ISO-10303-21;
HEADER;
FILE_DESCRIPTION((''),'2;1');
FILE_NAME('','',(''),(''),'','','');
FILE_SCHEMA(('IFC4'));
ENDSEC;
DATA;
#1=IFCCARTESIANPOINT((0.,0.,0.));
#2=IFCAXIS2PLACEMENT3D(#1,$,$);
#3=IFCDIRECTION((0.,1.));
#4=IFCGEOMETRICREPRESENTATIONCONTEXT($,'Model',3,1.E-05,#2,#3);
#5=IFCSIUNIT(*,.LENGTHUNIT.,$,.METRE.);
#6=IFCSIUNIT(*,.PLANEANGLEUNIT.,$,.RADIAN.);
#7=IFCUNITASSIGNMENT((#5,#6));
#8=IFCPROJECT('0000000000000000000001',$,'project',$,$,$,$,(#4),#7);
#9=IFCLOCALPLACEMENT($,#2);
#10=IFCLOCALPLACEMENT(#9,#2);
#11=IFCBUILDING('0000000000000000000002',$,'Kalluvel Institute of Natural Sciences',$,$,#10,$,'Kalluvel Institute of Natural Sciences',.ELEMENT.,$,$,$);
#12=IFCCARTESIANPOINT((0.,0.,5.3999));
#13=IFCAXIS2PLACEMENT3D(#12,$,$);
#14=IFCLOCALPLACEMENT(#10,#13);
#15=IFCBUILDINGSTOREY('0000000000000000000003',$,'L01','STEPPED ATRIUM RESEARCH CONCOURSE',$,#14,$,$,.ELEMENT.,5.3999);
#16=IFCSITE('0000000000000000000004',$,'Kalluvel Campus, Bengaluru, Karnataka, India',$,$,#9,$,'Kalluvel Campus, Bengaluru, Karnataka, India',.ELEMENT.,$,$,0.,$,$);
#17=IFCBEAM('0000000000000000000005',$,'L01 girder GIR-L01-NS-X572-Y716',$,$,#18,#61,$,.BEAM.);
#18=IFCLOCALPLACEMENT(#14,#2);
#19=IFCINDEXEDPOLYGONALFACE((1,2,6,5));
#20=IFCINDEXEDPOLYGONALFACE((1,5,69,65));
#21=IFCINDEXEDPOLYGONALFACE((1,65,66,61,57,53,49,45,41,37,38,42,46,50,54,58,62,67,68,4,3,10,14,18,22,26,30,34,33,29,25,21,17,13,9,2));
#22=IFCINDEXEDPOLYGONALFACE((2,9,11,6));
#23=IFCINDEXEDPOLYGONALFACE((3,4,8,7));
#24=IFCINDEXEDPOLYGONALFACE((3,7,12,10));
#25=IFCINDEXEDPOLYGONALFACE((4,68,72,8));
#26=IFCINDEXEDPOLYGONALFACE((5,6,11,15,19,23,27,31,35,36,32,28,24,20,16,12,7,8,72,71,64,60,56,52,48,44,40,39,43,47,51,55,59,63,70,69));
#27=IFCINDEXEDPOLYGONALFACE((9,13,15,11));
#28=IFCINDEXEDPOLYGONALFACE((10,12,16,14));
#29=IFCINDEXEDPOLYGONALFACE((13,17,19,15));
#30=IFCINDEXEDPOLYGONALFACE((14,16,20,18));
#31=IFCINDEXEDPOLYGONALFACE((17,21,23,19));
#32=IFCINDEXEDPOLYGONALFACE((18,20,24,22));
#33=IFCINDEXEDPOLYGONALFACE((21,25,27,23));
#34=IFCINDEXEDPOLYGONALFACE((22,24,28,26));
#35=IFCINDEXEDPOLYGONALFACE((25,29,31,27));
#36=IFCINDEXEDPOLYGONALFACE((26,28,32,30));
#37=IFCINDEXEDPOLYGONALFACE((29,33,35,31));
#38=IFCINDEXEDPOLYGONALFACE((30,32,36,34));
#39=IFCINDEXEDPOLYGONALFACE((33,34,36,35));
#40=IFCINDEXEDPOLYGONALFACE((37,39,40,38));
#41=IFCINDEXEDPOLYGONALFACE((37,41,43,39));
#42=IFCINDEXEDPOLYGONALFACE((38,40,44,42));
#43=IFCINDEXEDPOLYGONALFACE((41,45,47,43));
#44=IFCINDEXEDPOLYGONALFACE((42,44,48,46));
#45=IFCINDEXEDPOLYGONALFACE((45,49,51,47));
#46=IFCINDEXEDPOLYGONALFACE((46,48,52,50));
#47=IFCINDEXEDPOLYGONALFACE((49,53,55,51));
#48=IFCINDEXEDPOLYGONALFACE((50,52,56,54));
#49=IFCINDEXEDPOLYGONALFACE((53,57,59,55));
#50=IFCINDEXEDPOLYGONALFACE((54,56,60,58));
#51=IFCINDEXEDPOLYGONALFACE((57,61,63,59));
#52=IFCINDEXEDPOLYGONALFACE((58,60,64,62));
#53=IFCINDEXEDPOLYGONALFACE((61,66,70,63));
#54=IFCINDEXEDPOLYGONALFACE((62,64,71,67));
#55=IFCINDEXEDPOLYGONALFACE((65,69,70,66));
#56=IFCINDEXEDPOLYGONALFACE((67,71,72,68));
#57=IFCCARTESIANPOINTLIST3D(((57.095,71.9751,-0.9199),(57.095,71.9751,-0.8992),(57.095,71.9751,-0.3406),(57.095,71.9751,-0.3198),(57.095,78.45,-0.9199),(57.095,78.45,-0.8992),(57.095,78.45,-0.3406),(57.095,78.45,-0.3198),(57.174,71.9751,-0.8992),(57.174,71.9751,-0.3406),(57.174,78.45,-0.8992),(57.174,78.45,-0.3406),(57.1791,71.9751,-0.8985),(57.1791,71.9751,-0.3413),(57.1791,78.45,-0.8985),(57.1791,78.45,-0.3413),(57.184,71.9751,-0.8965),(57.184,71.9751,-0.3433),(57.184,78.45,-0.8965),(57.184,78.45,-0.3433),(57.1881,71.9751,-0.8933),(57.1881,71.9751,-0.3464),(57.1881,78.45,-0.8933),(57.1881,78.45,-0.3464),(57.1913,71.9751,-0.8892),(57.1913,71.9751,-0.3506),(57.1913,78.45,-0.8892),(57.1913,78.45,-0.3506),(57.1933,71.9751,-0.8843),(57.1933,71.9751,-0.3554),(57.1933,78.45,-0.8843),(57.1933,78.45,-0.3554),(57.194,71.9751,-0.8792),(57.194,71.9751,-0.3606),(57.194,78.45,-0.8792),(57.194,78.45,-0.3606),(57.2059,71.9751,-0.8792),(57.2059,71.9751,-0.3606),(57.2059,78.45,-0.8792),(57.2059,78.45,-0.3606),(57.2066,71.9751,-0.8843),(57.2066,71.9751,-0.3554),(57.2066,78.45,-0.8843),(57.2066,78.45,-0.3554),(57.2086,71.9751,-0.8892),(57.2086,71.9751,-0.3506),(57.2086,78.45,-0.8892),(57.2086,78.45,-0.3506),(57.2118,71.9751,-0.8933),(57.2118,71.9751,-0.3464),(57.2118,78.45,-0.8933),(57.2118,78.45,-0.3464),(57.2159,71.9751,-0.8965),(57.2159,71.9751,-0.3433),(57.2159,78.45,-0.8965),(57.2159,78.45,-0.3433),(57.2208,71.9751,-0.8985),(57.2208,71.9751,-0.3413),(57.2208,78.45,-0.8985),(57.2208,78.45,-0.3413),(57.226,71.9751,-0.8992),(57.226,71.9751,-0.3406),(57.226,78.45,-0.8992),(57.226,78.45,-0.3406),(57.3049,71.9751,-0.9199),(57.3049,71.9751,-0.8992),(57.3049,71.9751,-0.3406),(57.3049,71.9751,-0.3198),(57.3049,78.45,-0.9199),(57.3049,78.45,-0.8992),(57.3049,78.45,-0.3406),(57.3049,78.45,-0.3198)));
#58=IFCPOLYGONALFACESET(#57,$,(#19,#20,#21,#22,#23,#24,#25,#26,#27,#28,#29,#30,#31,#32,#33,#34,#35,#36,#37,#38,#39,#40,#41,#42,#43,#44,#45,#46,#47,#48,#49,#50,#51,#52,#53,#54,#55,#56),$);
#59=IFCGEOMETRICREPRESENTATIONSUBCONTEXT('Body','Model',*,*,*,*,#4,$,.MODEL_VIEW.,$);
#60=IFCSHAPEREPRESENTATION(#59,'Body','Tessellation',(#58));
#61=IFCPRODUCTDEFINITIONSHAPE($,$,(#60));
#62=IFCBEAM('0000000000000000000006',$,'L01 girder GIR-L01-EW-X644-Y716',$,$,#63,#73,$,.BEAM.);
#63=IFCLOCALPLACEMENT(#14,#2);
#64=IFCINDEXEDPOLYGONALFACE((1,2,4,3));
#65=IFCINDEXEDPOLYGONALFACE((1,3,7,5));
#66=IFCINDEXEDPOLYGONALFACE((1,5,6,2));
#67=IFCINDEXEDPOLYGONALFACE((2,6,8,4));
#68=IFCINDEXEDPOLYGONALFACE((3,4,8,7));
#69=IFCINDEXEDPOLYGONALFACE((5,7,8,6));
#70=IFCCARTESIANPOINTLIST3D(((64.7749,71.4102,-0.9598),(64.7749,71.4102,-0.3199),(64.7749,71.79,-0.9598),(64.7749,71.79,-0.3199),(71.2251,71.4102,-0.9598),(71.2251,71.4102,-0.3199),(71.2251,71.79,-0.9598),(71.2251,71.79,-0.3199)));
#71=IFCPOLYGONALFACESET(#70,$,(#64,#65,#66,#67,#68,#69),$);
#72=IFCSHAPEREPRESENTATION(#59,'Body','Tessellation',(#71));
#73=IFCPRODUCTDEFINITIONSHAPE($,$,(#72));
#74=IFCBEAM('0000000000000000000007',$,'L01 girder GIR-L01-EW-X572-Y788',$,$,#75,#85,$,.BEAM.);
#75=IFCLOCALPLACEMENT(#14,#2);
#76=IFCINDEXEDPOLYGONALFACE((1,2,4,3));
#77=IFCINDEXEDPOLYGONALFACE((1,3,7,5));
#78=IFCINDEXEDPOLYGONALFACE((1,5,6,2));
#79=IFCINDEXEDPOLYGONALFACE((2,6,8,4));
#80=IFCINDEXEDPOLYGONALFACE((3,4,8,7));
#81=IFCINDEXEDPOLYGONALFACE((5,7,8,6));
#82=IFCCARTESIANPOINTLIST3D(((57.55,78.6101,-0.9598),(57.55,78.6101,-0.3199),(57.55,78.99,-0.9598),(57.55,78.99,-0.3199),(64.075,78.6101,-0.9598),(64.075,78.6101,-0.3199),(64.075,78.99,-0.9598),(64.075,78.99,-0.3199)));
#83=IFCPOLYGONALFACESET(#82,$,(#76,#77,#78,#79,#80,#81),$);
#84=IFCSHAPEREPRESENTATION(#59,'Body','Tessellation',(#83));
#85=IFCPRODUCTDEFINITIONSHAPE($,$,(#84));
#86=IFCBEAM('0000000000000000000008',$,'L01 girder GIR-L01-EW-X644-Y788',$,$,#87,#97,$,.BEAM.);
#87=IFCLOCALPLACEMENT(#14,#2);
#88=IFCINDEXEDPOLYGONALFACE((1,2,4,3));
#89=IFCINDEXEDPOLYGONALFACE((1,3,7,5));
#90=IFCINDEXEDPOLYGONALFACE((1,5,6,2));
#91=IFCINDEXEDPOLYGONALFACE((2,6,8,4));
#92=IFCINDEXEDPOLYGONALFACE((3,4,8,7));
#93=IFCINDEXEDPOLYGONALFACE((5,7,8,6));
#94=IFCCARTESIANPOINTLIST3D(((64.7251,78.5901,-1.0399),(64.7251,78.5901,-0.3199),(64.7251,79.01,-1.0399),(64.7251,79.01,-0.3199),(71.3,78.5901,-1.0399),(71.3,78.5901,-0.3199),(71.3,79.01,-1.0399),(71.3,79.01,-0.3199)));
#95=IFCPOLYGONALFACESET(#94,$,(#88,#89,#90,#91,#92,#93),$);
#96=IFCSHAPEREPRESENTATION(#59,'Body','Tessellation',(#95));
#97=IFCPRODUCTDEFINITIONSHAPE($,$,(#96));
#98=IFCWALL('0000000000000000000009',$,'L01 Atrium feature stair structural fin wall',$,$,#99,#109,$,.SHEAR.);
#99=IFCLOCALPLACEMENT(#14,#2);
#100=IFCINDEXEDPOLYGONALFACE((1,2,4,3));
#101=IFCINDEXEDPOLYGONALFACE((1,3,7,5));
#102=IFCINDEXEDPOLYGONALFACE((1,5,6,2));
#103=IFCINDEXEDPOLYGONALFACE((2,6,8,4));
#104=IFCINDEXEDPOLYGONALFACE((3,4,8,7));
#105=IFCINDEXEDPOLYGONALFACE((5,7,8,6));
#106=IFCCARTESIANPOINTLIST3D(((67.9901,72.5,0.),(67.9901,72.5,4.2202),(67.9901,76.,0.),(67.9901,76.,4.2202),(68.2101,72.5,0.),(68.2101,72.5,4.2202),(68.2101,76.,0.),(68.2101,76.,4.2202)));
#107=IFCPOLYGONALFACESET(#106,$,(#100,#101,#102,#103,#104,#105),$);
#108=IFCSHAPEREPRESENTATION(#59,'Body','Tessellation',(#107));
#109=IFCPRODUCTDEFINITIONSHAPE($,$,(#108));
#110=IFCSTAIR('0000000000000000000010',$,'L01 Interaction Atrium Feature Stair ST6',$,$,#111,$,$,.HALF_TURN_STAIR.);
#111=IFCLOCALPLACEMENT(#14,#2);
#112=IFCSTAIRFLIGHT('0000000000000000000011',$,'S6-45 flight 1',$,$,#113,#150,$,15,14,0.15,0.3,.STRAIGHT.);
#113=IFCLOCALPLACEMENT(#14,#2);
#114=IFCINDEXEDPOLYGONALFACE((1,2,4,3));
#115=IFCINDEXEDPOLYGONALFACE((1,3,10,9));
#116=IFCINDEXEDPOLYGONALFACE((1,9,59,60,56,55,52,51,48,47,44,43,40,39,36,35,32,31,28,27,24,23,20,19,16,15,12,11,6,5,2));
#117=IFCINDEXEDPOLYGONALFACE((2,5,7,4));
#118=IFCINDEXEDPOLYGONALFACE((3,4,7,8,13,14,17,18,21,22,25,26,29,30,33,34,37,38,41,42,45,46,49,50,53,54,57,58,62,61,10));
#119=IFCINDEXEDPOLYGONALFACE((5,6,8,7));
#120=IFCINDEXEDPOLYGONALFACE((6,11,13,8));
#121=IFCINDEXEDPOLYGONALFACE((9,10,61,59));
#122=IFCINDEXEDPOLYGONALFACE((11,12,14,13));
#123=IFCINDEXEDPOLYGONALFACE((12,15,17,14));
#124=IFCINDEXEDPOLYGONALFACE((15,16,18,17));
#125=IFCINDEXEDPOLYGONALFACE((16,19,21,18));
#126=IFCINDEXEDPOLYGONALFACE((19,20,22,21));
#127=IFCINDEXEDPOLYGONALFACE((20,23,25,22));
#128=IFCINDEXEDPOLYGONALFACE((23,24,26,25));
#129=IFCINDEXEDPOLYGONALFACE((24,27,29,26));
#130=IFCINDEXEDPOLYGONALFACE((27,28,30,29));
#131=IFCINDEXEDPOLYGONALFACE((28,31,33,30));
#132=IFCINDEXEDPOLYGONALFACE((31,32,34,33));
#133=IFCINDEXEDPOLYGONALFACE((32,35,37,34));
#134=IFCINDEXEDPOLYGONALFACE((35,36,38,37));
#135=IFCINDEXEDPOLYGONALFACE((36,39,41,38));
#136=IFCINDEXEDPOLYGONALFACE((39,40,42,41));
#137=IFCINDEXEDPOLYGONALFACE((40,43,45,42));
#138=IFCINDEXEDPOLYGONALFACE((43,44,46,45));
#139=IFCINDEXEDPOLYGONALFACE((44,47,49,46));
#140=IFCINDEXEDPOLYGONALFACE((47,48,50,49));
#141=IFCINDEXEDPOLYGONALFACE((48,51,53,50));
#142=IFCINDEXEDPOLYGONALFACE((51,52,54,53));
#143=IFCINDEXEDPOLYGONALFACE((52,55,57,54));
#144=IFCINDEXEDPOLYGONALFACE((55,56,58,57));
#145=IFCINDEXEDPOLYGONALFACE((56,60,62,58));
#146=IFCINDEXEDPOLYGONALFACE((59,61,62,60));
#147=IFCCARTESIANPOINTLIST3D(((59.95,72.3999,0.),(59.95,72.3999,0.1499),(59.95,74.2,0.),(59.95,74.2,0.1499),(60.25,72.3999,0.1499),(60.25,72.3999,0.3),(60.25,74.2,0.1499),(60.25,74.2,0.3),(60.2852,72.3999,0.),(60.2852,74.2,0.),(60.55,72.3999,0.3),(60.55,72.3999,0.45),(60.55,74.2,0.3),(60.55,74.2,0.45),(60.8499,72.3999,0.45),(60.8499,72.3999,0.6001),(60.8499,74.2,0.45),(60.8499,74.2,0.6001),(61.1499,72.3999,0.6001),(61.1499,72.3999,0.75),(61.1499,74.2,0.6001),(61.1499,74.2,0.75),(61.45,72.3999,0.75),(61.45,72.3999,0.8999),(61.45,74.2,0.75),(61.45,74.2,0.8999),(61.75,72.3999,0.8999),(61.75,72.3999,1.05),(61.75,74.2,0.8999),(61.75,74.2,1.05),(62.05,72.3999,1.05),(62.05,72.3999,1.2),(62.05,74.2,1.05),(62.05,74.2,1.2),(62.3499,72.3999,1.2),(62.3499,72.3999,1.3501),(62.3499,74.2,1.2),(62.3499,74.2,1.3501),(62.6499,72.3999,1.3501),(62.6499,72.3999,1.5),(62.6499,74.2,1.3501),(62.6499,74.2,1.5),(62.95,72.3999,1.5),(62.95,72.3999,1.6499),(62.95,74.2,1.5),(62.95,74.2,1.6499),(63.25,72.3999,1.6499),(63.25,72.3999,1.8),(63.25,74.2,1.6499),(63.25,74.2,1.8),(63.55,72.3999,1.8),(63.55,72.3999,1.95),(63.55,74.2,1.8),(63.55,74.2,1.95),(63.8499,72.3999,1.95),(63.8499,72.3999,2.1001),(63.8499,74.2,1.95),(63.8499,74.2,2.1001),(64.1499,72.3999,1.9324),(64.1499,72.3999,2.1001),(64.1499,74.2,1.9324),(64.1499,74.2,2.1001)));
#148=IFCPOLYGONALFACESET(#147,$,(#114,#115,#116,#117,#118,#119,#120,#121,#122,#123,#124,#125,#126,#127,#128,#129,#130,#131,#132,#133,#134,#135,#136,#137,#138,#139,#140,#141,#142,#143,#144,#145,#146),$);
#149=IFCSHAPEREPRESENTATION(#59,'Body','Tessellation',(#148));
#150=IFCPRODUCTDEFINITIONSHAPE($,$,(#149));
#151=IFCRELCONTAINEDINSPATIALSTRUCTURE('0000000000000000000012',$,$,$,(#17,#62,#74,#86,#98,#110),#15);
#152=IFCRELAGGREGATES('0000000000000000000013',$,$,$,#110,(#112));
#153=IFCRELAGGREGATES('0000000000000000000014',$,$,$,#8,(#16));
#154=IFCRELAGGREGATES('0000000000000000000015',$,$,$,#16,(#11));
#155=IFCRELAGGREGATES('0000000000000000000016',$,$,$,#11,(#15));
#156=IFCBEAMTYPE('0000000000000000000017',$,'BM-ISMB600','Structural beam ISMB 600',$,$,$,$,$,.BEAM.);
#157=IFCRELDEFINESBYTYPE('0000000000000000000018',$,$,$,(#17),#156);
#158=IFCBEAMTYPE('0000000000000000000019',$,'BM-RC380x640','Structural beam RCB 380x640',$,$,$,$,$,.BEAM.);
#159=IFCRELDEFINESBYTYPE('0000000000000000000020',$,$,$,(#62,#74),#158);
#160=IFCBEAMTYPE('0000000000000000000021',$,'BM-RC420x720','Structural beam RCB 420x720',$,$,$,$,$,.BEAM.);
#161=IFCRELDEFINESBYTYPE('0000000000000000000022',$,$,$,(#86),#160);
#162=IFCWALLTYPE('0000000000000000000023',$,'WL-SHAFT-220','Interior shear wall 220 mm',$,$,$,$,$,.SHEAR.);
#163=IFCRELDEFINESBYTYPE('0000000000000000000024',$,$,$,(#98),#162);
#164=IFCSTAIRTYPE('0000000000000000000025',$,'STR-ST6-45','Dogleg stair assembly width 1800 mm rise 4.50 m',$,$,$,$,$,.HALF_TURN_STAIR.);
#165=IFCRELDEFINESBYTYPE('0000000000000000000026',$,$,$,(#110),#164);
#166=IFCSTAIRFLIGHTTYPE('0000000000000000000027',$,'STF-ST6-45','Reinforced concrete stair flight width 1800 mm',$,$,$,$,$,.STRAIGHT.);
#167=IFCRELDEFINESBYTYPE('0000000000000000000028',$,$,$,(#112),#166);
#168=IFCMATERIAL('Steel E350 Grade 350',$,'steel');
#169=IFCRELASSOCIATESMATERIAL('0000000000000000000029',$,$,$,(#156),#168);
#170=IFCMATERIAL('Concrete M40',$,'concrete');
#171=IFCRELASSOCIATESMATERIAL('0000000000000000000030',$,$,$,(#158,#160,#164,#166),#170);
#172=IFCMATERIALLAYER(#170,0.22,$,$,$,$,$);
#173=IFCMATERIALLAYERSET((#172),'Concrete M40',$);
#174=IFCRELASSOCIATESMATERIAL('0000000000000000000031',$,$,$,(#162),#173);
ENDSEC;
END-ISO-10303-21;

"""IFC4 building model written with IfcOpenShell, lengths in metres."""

from ifc_helpers import new_model, si_unit, direction, frame, frame_2d, origin, origin_2d, place, context, subcontext, project, spatial, polyline, rectangle, i_section, outline, extrude, material, layer, layer_set, material_profile, profile_set, type_object, element, aggregate, save


model = new_model("IFC4")

# Units and contexts
model_context = context("Model", 3, precision=1e-05, world=origin(), true_north=direction((0.0, 1.0)))
body_context = subcontext(model_context, "Body", "Model", "MODEL_VIEW")
ifc_project = project(units=[si_unit("LENGTHUNIT", "METRE"), si_unit("PLANEANGLEUNIT", "RADIAN")], contexts=[model_context])

# Site, building, storey
site_placement = place(None, origin())
site = spatial("IfcSite", under=ifc_project, at=site_placement, Name="Kalluvel Campus, Bengaluru, Karnataka, India", LongName="Kalluvel Campus, Bengaluru, Karnataka, India", CompositionType="ELEMENT", RefElevation=0.0)
building_placement = place(site_placement, origin())
building = spatial("IfcBuilding", under=site, at=building_placement, Name="Kalluvel Institute of Natural Sciences", LongName="Kalluvel Institute of Natural Sciences", CompositionType="ELEMENT")
storey_placement = place(building_placement, frame((0.0, 0.0, 5.3999)))
storey = spatial("IfcBuildingStorey", under=building, at=storey_placement, Name="L01", Description="STEPPED ATRIUM RESEARCH CONCOURSE", CompositionType="ELEMENT", Elevation=5.3999)

# Shared definitions
ifc_material_1 = material(Name="Steel E350 Grade 350", Category="steel")
ifc_material_2 = material(Name="Concrete M40", Category="concrete")

# Beams
ifc_material_profile_1 = material_profile(ifc_material_1, i_section(OverallWidth=0.21, OverallDepth=0.6001, WebThickness=0.012, FlangeThickness=0.0208, FilletRadius=0.02, at=origin_2d()), Name="ISMB 600")
ifc_profile_set_1 = profile_set([ifc_material_profile_1], Name="Steel E350 Grade 350")
beam_type_1 = type_object("IfcBeamType", Name="BM-ISMB600", Description="Structural beam ISMB 600", PredefinedType="BEAM", material=ifc_profile_set_1)
beam_1_placement = place(storey_placement, frame((57.2, 71.9751, -0.6199), z_axis=(0.0, 1.0, 0.0), x_axis=(-1.0, 0.0, 0.0)))
element("IfcBeam", 1, at=beam_1_placement, inside=storey, type_object=beam_type_1, Name="L01 girder GIR-L01-NS-X572-Y716", PredefinedType="BEAM", context=body_context, shape_type="SweptSolid", body=[
    extrude(i_section(OverallWidth=0.21, OverallDepth=0.6001, WebThickness=0.012, FlangeThickness=0.0208, FilletRadius=0.02, at=origin_2d()), origin(), (0.0, 0.0, 1.0), 6.4749),
])
ifc_material_profile_2 = material_profile(ifc_material_2, rectangle(XDim=0.3799, YDim=0.6399, at=origin_2d()), Name="RCB 380x640")
ifc_profile_set_2 = profile_set([ifc_material_profile_2], Name="Concrete M40")
beam_type_2 = type_object("IfcBeamType", Name="BM-RC380x640", Description="Structural beam RCB 380x640", PredefinedType="BEAM", material=ifc_profile_set_2)
beam_2_placement = place(storey_placement, frame((64.7749, 71.6001, -0.6399), z_axis=(1.0, 0.0, 0.0), x_axis=(0.0, 1.0, 0.0)))
element("IfcBeam", 2, at=beam_2_placement, inside=storey, type_object=beam_type_2, Name="L01 girder GIR-L01-EW-X644-Y716", PredefinedType="BEAM", context=body_context, shape_type="SweptSolid", body=[
    extrude(rectangle(XDim=0.3799, YDim=0.6399, at=origin_2d()), origin(), (0.0, 0.0, 1.0), 6.4502),
])
beam_3_placement = place(storey_placement, frame((57.55, 78.8, -0.6399), z_axis=(1.0, 0.0, 0.0), x_axis=(0.0, 1.0, 0.0)))
element("IfcBeam", 3, at=beam_3_placement, inside=storey, type_object=beam_type_2, Name="L01 girder GIR-L01-EW-X572-Y788", PredefinedType="BEAM", context=body_context, shape_type="SweptSolid", body=[
    extrude(rectangle(XDim=0.3799, YDim=0.6399, at=origin_2d()), origin(), (0.0, 0.0, 1.0), 6.5249),
])
ifc_material_profile_3 = material_profile(ifc_material_2, rectangle(XDim=0.4199, YDim=0.72, at=origin_2d()), Name="RCB 420x720")
ifc_profile_set_3 = profile_set([ifc_material_profile_3], Name="Concrete M40")
beam_type_3 = type_object("IfcBeamType", Name="BM-RC420x720", Description="Structural beam RCB 420x720", PredefinedType="BEAM", material=ifc_profile_set_3)
beam_4_placement = place(storey_placement, frame((64.7251, 78.8, -0.6799), z_axis=(1.0, 0.0, 0.0), x_axis=(0.0, 1.0, 0.0)))
element("IfcBeam", 4, at=beam_4_placement, inside=storey, type_object=beam_type_3, Name="L01 girder GIR-L01-EW-X644-Y788", PredefinedType="BEAM", context=body_context, shape_type="SweptSolid", body=[
    extrude(rectangle(XDim=0.4199, YDim=0.72, at=origin_2d()), origin(), (0.0, 0.0, 1.0), 6.575),
])

# Wall
ifc_layer = layer(ifc_material_2, 0.22)
ifc_layer_set = layer_set([ifc_layer], Name="Concrete M40")
wall_type = type_object("IfcWallType", Name="WL-SHAFT-220", Description="Interior shear wall 220 mm", PredefinedType="SHEAR", material=ifc_layer_set)
wall_placement = place(storey_placement, frame((68.1001, 72.5, 0.0), z_axis=(0.0, 0.0, 1.0), x_axis=(0.0, 1.0, 0.0)))
element("IfcWall", 5, at=wall_placement, inside=storey, type_object=wall_type, Name="L01 Atrium feature stair structural fin wall", PredefinedType="SHEAR", context=body_context, shape_type="SweptSolid", body=[
    extrude(rectangle(XDim=3.5, YDim=0.22, at=frame_2d((1.75, 0.0))), origin(), (0.0, 0.0, 1.0), 4.2202),
])

# Stair, stair flight
stair_type = type_object("IfcStairType", Name="STR-ST6-45", Description="Dogleg stair assembly width 1800 mm rise 4.50 m", PredefinedType="HALF_TURN_STAIR", material=ifc_material_2)
stair_placement = place(storey_placement, origin())
stair = element("IfcStair", 6, at=stair_placement, inside=storey, type_object=stair_type, Name="L01 Interaction Atrium Feature Stair ST6", PredefinedType="HALF_TURN_STAIR")
stair_flight_type = type_object("IfcStairFlightType", Name="STF-ST6-45", Description="Reinforced concrete stair flight width 1800 mm", PredefinedType="STRAIGHT", material=ifc_material_2)
stair_flight_1_placement = place(storey_placement, frame((59.95, 73.3, 0.0), z_axis=(0.0, 0.0, 1.0), x_axis=(1.0, 0.0, 0.0)))
stair_flight_1 = element("IfcStairFlight", 7, at=stair_flight_1_placement, type_object=stair_flight_type, Name="S6-45 flight 1", NumberOfRisers=15, NumberOfTreads=14, PredefinedType="STRAIGHT", RiserHeight=0.15, TreadLength=0.3, context=body_context, shape_type="SweptSolid", body=[
    extrude(outline(polyline([(0.0, 0.0), (0.0, 0.1499), (0.3, 0.1499), (0.3, 0.3), (0.6001, 0.3), (0.6001, 0.45), (0.8999, 0.45), (0.8999, 0.6001), (1.2, 0.6001), (1.2, 0.75), (1.5, 0.75), (1.5, 0.8999), (1.8, 0.8999), (1.8, 1.05), (2.1001, 1.05), (2.1001, 1.2), (2.3999, 1.2), (2.3999, 1.3501), (2.7, 1.3501), (2.7, 1.5), (3.0, 1.5), (3.0, 1.6499), (3.3, 1.6499), (3.3, 1.8), (3.6001, 1.8), (3.6001, 1.95), (3.8999, 1.95), (3.8999, 2.1001), (4.2, 2.1001), (4.2, 2.25), (4.2, 1.9324), (0.3352, 0.0), (0.0, 0.0)])), frame((0.0, 0.8999, 0.0), z_axis=(0.0, -1.0, 0.0), x_axis=(1.0, 0.0, 0.0)), (0.0, 0.0, 1.0), 1.8),
])
aggregate(stair, [stair_flight_1])

save(model, "model.ifc")
